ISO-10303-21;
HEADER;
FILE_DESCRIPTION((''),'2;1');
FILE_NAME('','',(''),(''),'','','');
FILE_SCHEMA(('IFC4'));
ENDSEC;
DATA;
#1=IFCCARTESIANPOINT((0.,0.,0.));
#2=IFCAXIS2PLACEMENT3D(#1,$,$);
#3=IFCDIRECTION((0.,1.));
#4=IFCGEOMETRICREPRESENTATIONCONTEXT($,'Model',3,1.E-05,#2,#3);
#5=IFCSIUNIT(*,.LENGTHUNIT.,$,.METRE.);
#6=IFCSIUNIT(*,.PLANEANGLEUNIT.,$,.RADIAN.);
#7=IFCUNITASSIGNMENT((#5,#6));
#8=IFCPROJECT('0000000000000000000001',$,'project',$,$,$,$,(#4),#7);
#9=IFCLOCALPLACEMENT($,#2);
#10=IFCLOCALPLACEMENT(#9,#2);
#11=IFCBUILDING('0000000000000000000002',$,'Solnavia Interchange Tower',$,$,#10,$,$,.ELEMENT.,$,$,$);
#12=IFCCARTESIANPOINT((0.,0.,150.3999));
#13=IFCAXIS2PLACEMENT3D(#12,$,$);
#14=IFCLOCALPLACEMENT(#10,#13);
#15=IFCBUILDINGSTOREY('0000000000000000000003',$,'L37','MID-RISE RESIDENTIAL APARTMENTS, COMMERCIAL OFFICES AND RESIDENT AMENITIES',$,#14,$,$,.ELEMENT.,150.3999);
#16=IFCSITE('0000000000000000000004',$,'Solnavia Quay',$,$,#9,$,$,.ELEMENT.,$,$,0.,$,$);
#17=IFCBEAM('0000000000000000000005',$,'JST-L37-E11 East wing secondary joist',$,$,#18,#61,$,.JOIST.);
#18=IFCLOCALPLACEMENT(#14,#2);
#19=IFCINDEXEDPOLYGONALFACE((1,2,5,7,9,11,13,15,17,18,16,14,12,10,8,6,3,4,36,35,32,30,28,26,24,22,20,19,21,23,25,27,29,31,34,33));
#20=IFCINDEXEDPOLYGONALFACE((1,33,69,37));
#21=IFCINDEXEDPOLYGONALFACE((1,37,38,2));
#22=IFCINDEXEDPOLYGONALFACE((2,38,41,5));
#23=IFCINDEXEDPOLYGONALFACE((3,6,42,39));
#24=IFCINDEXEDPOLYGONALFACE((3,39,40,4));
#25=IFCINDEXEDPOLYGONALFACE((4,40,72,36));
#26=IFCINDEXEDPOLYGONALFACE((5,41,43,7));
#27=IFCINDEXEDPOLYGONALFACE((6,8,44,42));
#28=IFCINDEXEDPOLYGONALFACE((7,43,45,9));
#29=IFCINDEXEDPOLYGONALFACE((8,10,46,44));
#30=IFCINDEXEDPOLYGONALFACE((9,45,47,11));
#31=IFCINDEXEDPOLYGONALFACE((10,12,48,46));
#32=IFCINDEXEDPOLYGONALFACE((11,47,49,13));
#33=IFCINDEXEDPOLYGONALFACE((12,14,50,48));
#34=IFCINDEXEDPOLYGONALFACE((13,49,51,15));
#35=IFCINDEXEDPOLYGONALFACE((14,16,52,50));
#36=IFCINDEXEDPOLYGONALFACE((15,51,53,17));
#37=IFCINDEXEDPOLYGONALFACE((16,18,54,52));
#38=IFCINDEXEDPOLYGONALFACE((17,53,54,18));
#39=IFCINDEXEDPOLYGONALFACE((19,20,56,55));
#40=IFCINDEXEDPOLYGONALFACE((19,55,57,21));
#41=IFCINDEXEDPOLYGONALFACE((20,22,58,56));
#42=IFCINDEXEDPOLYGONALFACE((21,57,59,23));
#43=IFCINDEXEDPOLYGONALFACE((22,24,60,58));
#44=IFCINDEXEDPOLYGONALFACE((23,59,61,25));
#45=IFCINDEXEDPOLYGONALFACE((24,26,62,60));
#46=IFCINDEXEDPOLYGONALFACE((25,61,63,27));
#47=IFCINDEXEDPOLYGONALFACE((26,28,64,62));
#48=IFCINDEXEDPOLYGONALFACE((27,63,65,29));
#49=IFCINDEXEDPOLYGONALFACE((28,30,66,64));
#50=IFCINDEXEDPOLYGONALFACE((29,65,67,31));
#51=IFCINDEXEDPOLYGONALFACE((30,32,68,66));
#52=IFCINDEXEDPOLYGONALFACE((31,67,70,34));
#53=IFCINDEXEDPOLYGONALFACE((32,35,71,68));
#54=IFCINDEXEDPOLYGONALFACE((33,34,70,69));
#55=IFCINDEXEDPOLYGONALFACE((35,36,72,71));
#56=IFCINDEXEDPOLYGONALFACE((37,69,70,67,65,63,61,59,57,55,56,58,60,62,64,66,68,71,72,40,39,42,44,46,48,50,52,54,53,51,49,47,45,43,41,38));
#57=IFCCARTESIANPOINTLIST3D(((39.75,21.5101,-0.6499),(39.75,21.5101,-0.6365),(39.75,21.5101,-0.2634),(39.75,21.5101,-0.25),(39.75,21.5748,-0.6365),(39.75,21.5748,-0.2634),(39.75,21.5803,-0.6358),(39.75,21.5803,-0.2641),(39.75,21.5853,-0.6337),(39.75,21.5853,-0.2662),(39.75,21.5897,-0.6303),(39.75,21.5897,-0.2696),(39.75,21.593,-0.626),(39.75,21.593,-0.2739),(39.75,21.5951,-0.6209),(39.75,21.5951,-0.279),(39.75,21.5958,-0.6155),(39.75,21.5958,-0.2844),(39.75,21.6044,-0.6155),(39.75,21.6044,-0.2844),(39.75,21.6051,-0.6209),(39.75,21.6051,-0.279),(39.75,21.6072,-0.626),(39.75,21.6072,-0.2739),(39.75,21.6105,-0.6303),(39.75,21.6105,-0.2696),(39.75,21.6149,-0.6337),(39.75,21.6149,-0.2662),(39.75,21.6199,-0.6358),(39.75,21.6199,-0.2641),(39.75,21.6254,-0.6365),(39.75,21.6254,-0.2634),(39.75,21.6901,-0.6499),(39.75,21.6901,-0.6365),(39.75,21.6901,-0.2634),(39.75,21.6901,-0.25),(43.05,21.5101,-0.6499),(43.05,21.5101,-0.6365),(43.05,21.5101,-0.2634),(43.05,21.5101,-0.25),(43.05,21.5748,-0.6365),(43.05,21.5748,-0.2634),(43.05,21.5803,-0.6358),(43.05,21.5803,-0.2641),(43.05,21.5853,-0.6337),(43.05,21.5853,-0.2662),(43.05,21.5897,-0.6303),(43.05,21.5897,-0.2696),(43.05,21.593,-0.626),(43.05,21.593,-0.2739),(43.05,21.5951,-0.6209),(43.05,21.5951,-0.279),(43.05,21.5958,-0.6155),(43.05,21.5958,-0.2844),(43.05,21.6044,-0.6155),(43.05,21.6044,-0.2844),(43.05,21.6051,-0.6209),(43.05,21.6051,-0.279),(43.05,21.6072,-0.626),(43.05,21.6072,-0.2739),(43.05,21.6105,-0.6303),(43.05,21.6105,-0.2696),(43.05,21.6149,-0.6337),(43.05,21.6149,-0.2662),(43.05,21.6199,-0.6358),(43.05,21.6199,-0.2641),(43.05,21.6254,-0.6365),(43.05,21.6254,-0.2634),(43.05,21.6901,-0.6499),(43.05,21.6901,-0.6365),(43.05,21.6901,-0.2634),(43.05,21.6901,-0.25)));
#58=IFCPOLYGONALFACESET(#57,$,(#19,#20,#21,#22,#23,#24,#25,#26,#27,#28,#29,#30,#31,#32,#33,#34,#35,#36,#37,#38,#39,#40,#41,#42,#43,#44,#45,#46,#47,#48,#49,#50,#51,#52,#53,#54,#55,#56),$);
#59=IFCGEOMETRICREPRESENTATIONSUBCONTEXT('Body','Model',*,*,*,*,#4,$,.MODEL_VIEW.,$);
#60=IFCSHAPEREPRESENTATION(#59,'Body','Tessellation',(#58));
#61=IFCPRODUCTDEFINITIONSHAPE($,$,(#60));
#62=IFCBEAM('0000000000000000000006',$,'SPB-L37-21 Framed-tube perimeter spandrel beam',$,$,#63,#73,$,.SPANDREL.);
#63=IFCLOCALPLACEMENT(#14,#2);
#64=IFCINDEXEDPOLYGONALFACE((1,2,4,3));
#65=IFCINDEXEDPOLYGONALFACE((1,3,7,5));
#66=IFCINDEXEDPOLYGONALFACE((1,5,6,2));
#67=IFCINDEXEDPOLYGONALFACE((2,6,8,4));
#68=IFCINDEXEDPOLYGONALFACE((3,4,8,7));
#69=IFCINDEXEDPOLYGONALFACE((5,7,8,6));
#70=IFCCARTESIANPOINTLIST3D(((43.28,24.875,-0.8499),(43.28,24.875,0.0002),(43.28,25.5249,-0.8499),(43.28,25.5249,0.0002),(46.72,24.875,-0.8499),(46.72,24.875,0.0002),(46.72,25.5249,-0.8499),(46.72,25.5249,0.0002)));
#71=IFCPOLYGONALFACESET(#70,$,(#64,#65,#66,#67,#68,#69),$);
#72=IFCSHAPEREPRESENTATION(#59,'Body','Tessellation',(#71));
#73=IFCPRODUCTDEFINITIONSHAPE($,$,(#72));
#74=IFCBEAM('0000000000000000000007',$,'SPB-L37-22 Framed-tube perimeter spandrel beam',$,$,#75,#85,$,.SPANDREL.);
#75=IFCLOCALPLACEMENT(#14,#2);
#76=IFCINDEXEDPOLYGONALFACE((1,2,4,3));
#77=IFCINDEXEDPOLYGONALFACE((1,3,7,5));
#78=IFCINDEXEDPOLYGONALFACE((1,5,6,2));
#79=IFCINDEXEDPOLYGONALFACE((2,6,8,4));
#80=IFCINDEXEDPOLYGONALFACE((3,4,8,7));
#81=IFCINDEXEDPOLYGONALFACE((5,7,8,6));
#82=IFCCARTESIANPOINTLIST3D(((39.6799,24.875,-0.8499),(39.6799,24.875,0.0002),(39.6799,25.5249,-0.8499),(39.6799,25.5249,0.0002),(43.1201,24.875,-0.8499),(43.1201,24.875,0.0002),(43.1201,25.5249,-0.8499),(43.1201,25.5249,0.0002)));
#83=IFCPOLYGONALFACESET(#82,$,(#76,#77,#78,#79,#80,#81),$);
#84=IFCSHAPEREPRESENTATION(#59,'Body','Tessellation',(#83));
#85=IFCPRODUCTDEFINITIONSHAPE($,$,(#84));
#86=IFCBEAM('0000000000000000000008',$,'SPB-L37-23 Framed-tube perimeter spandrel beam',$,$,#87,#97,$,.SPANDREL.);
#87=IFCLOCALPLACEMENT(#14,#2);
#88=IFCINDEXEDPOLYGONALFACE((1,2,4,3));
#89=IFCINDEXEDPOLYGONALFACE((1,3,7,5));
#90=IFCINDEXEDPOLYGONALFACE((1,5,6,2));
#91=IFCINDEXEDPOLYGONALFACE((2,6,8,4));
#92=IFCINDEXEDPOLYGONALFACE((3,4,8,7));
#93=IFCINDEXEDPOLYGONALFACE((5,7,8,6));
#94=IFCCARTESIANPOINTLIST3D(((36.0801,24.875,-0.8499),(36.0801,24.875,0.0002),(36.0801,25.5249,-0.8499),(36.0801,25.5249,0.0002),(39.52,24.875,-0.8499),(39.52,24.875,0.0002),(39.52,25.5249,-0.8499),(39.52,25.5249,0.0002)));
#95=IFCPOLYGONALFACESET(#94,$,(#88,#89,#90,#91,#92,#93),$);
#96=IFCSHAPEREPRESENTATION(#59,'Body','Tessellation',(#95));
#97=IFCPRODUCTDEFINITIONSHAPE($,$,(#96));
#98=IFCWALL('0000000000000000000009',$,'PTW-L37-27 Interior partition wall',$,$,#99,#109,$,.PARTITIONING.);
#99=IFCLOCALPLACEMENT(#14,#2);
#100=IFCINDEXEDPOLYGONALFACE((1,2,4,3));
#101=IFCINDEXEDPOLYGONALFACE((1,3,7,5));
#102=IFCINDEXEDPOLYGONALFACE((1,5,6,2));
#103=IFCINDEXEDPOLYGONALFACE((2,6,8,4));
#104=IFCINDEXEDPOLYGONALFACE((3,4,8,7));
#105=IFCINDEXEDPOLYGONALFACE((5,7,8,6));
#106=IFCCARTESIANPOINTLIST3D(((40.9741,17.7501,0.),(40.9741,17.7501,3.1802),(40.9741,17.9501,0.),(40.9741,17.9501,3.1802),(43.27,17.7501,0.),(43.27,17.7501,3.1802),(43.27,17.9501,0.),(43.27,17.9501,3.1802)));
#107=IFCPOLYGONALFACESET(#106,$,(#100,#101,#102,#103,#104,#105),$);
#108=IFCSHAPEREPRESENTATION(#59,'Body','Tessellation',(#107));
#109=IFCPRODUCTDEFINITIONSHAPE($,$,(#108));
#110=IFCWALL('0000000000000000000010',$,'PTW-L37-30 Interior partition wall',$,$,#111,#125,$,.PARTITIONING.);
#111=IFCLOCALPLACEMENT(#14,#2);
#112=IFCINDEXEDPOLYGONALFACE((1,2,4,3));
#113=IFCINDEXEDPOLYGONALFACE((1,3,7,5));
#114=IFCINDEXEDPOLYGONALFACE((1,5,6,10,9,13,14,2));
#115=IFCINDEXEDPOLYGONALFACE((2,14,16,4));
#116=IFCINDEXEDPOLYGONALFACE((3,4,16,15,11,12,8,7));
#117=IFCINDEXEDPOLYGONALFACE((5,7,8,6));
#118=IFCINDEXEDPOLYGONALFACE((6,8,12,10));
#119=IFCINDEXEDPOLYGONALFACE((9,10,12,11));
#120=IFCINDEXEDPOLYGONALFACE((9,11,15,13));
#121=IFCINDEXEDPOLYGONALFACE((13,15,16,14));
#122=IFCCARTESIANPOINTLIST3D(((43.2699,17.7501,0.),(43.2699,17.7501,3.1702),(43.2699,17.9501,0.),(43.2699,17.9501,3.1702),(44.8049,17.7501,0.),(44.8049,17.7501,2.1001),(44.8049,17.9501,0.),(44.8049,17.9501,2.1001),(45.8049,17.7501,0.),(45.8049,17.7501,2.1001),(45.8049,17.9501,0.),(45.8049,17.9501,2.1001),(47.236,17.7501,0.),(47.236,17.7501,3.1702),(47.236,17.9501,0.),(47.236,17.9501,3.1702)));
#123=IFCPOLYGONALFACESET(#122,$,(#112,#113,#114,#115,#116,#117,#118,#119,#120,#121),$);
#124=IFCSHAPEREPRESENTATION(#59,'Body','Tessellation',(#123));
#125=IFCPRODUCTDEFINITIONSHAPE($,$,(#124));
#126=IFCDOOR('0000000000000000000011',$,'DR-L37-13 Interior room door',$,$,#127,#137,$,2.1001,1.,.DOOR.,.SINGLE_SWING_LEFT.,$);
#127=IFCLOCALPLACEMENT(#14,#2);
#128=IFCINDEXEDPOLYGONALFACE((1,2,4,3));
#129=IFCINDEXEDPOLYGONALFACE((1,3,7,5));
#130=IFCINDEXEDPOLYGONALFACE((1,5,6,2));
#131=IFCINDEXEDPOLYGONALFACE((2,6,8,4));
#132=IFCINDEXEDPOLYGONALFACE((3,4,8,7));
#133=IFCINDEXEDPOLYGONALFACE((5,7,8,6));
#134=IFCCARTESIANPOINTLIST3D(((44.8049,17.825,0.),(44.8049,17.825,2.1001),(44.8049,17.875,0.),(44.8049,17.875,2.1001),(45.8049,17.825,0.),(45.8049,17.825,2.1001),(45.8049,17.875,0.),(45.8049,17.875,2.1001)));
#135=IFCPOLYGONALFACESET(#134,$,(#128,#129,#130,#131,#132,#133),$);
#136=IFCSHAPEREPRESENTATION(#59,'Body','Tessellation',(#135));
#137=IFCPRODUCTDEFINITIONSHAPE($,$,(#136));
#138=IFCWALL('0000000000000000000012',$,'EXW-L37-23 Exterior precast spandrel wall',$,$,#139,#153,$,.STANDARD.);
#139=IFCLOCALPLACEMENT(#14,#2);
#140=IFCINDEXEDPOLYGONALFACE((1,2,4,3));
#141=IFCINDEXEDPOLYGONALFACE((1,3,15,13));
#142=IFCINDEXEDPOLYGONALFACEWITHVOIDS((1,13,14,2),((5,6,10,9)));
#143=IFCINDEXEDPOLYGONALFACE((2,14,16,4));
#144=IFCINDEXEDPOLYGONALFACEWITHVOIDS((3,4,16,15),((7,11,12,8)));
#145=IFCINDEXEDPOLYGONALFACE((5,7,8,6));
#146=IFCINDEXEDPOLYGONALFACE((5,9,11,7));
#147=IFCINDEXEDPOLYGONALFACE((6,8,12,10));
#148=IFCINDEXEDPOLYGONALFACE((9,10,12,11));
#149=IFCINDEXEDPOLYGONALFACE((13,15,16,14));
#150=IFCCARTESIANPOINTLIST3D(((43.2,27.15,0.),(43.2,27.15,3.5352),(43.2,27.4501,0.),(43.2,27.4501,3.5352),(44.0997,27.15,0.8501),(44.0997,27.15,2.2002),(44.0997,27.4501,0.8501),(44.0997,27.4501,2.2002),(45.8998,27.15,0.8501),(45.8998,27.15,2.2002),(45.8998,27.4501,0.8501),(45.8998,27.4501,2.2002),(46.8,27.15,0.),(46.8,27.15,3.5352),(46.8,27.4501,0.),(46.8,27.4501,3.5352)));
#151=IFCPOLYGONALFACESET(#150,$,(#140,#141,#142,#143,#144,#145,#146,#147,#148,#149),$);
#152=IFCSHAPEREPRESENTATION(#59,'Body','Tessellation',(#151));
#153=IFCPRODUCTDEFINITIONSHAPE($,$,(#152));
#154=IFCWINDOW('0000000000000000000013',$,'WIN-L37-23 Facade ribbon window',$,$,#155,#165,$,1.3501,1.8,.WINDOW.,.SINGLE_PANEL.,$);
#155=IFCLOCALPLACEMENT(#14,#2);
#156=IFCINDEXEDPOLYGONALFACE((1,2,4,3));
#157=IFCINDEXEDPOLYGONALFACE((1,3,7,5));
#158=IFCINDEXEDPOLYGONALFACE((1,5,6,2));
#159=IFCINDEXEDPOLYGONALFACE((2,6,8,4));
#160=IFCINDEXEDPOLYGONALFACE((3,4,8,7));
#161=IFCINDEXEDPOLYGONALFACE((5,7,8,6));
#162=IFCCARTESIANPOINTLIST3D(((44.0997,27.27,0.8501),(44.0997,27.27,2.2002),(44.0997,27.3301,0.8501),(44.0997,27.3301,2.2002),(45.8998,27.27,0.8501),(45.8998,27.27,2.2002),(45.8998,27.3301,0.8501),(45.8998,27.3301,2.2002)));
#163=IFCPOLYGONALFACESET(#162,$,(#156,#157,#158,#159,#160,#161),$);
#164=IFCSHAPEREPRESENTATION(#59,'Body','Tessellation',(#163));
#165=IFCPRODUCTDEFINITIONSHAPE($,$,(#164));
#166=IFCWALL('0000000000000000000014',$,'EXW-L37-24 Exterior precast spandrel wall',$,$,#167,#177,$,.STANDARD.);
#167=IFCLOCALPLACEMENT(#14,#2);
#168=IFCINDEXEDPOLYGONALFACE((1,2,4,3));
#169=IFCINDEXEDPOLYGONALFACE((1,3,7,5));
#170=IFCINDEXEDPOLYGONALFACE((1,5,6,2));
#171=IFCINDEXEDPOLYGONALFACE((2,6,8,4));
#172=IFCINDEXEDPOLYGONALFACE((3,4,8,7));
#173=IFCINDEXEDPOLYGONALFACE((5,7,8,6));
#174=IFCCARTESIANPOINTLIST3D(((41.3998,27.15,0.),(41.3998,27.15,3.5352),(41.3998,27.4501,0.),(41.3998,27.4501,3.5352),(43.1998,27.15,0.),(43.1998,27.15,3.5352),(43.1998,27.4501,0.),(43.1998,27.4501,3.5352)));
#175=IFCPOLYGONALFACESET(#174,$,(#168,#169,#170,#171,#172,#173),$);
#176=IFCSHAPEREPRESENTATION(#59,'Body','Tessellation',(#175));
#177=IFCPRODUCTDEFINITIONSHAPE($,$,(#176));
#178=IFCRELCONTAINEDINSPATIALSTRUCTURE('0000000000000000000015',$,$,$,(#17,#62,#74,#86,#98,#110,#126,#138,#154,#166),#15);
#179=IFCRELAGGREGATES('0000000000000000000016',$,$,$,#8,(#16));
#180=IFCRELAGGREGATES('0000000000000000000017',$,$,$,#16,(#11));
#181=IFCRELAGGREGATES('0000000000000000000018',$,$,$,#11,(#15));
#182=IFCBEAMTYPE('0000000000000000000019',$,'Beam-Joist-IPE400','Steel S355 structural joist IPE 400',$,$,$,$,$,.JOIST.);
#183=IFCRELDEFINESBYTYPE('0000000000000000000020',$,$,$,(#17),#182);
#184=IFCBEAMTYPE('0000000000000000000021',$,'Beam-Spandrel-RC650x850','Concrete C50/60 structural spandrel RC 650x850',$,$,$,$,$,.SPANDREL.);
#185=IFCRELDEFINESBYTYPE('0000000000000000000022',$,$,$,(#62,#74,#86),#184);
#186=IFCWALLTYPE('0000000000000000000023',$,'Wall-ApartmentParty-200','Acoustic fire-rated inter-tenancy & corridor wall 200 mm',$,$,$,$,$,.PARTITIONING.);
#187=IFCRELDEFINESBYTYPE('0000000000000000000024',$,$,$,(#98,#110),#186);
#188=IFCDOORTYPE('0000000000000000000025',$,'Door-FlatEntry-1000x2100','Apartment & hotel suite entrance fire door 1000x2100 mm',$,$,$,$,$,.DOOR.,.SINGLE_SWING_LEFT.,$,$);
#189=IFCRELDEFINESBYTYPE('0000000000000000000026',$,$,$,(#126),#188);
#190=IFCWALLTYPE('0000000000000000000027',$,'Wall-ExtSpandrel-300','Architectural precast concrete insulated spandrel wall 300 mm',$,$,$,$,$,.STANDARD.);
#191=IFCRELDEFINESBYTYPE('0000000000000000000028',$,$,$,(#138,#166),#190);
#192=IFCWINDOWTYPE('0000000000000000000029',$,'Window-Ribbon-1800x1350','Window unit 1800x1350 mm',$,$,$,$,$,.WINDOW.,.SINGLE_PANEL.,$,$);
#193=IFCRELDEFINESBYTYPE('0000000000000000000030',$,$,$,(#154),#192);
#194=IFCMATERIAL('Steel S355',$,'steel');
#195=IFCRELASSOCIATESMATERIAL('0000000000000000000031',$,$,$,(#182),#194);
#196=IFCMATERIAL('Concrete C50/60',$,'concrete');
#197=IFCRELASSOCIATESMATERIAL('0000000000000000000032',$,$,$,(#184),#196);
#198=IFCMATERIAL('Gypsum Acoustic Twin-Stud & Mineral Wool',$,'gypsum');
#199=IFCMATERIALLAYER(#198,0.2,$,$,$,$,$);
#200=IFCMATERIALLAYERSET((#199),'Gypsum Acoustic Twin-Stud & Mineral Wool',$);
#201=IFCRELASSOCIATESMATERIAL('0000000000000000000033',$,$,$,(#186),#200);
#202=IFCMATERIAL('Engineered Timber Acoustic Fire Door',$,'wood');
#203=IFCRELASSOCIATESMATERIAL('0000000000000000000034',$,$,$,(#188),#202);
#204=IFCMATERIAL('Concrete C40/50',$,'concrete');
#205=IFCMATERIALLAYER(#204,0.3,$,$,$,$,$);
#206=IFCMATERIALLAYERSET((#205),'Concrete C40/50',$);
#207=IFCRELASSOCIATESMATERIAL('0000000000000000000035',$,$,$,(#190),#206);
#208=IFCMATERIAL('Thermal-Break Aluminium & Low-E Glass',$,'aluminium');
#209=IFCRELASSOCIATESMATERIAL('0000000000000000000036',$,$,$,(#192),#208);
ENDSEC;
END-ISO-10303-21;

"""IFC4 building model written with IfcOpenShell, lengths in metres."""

from ifc_helpers import new_model, si_unit, direction, frame, frame_2d, origin, origin_2d, place, context, subcontext, project, spatial, rectangle, i_section, extrude, material, layer, layer_set, material_profile, profile_set, type_object, element, fill, save


model = new_model("IFC4")

# Units and contexts
model_context = context("Model", 3, precision=1e-05, world=origin(), true_north=direction((0.0, 1.0)))
body_context = subcontext(model_context, "Body", "Model", "MODEL_VIEW")
ifc_project = project(units=[si_unit("LENGTHUNIT", "METRE"), si_unit("PLANEANGLEUNIT", "RADIAN")], contexts=[model_context])

# Site, building, storey
site_placement = place(None, origin())
site = spatial("IfcSite", under=ifc_project, at=site_placement, Name="Solnavia Quay", CompositionType="ELEMENT", RefElevation=0.0)
building_placement = place(site_placement, origin())
building = spatial("IfcBuilding", under=site, at=building_placement, Name="Solnavia Interchange Tower", CompositionType="ELEMENT")
storey_placement = place(building_placement, frame((0.0, 0.0, 150.3999)))
storey = spatial("IfcBuildingStorey", under=building, at=storey_placement, Name="L37", Description="MID-RISE RESIDENTIAL APARTMENTS, COMMERCIAL OFFICES AND RESIDENT AMENITIES", CompositionType="ELEMENT", Elevation=150.3999)

# Shared definitions
ifc_material_1 = material(Name="Concrete C50/60", Category="concrete")

# Beams
ifc_material_2 = material(Name="Steel S355", Category="steel")
ifc_material_profile_1 = material_profile(ifc_material_2, i_section(OverallWidth=0.1799, OverallDepth=0.3999, WebThickness=0.0085, FlangeThickness=0.0134, FilletRadius=0.021, at=origin_2d()), Name="IPE 400")
ifc_profile_set_1 = profile_set([ifc_material_profile_1], Name="Steel S355")
beam_type_1 = type_object("IfcBeamType", Name="Beam-Joist-IPE400", Description="Steel S355 structural joist IPE 400", PredefinedType="JOIST", material=ifc_profile_set_1)
for number, where, z_axis, x_axis, name in (
    (1, (39.75, 21.6001, -0.45), (1.0, 0.0, 0.0), (0.0, 1.0, 0.0), "JST-L37-E11 East wing secondary joist"),
):
    element("IfcBeam", number, at=place(storey_placement, frame(where, z_axis=z_axis, x_axis=x_axis)), inside=storey, type_object=beam_type_1, Name=name, PredefinedType="JOIST", context=body_context, shape_type="SweptSolid", body=[
        extrude(i_section(OverallWidth=0.1799, OverallDepth=0.3999, WebThickness=0.0085, FlangeThickness=0.0134, FilletRadius=0.021, at=origin_2d()), origin(), (0.0, 0.0, 1.0), 3.3),
    ])
ifc_material_profile_2 = material_profile(ifc_material_1, rectangle(XDim=0.6499, YDim=0.8501, at=origin_2d()), Name="RC 650x850")
ifc_profile_set_2 = profile_set([ifc_material_profile_2], Name="Concrete C50/60")
beam_type_2 = type_object("IfcBeamType", Name="Beam-Spandrel-RC650x850", Description="Concrete C50/60 structural spandrel RC 650x850", PredefinedType="SPANDREL", material=ifc_profile_set_2)
beam_1_placement = place(storey_placement, frame((46.72, 25.2, -0.4248), z_axis=(-1.0, 0.0, 0.0), x_axis=(0.0, -1.0, 0.0)))
element("IfcBeam", 2, at=beam_1_placement, inside=storey, type_object=beam_type_2, Name="SPB-L37-21 Framed-tube perimeter spandrel beam", PredefinedType="SPANDREL", context=body_context, shape_type="SweptSolid", body=[
    extrude(rectangle(XDim=0.6499, YDim=0.8501, at=origin_2d()), origin(), (0.0, 0.0, 1.0), 3.4399),
])
beam_2_placement = place(storey_placement, frame((43.1201, 25.2, -0.4248), z_axis=(-1.0, 0.0, 0.0), x_axis=(0.0, -1.0, 0.0)))
element("IfcBeam", 3, at=beam_2_placement, inside=storey, type_object=beam_type_2, Name="SPB-L37-22 Framed-tube perimeter spandrel beam", PredefinedType="SPANDREL", context=body_context, shape_type="SweptSolid", body=[
    extrude(rectangle(XDim=0.6499, YDim=0.8501, at=origin_2d()), origin(), (0.0, 0.0, 1.0), 3.4402),
])
beam_3_placement = place(storey_placement, frame((39.52, 25.2, -0.4248), z_axis=(-1.0, 0.0, 0.0), x_axis=(0.0, -1.0, 0.0)))
element("IfcBeam", 4, at=beam_3_placement, inside=storey, type_object=beam_type_2, Name="SPB-L37-23 Framed-tube perimeter spandrel beam", PredefinedType="SPANDREL", context=body_context, shape_type="SweptSolid", body=[
    extrude(rectangle(XDim=0.6499, YDim=0.8501, at=origin_2d()), origin(), (0.0, 0.0, 1.0), 3.4399),
])

# Wall
ifc_material_3 = material(Name="Gypsum Acoustic Twin-Stud & Mineral Wool", Category="gypsum")
ifc_layer_1 = layer(ifc_material_3, 0.2)
ifc_layer_set_1 = layer_set([ifc_layer_1], Name="Gypsum Acoustic Twin-Stud & Mineral Wool")
wall_type_1 = type_object("IfcWallType", Name="Wall-ApartmentParty-200", Description="Acoustic fire-rated inter-tenancy & corridor wall 200 mm", PredefinedType="PARTITIONING", material=ifc_layer_set_1)
wall_1_placement = place(storey_placement, frame((40.9741, 17.8501, 0.0), z_axis=(0.0, 0.0, 1.0), x_axis=(1.0, 0.0, 0.0)))
element("IfcWall", 5, at=wall_1_placement, inside=storey, type_object=wall_type_1, Name="PTW-L37-27 Interior partition wall", PredefinedType="PARTITIONING", context=body_context, shape_type="SweptSolid", body=[
    extrude(rectangle(XDim=2.2959, YDim=0.2, at=frame_2d((1.1479, 0.0))), origin(), (0.0, 0.0, 1.0), 3.1802),
])

# Wall, opening, door
wall_2_placement = place(storey_placement, frame((43.27, 17.8501, 0.0), z_axis=(0.0, 0.0, 1.0), x_axis=(1.0, 0.0, 0.0)))
wall_2 = element("IfcWall", 6, at=wall_2_placement, inside=storey, type_object=wall_type_1, Name="PTW-L37-30 Interior partition wall", PredefinedType="PARTITIONING", context=body_context, shape_type="SweptSolid", body=[
    extrude(rectangle(XDim=3.9661, YDim=0.2, at=frame_2d((1.9829, 0.0))), origin(), (0.0, 0.0, 1.0), 3.1702),
])
opening_1_placement = place(wall_2_placement, frame((1.5349, 0.0, 0.0)))
opening_1 = element("IfcOpeningElement", 7, at=opening_1_placement, cuts=wall_2, PredefinedType="OPENING", context=body_context, shape_type="SweptSolid", body=[
    extrude(rectangle(XDim=1.0, YDim=2.1001, at=frame_2d((0.5, 1.05))), frame((0.0, 0.1099, 0.0), z_axis=(0.0, -1.0, 0.0), x_axis=(1.0, 0.0, 0.0)), (0.0, 0.0, 1.0), 0.22),
])
ifc_material_4 = material(Name="Engineered Timber Acoustic Fire Door", Category="wood")
door_type_1 = type_object("IfcDoorType", Name="Door-FlatEntry-1000x2100", Description="Apartment & hotel suite entrance fire door 1000x2100 mm", OperationType="SINGLE_SWING_LEFT", PredefinedType="DOOR", material=ifc_material_4)
door_1_placement = place(opening_1_placement, origin())
door_1 = element("IfcDoor", 8, at=door_1_placement, inside=storey, type_object=door_type_1, Name="DR-L37-13 Interior room door", OperationType="SINGLE_SWING_LEFT", OverallHeight=2.1001, OverallWidth=1.0, PredefinedType="DOOR", context=body_context, shape_type="SweptSolid", body=[
    extrude(rectangle(XDim=1.0, YDim=2.1001, at=frame_2d((0.5, 1.05))), frame((0.0, 0.0249, 0.0), z_axis=(0.0, -1.0, 0.0), x_axis=(1.0, 0.0, 0.0)), (0.0, 0.0, 1.0), 0.05),
])
fill(opening_1, door_1)

# Wall, opening, window
ifc_material_5 = material(Name="Concrete C40/50", Category="concrete")
ifc_layer_2 = layer(ifc_material_5, 0.3)
ifc_layer_set_2 = layer_set([ifc_layer_2], Name="Concrete C40/50")
wall_type_2 = type_object("IfcWallType", Name="Wall-ExtSpandrel-300", Description="Architectural precast concrete insulated spandrel wall 300 mm", PredefinedType="STANDARD", material=ifc_layer_set_2)
wall_3_placement = place(storey_placement, frame((43.2, 27.3, 0.0), z_axis=(0.0, 0.0, 1.0), x_axis=(1.0, 0.0, 0.0)))
wall_3 = element("IfcWall", 9, at=wall_3_placement, inside=storey, type_object=wall_type_2, Name="EXW-L37-23 Exterior precast spandrel wall", PredefinedType="STANDARD", context=body_context, shape_type="SweptSolid", body=[
    extrude(rectangle(XDim=3.6001, YDim=0.3, at=frame_2d((1.8, 0.0))), origin(), (0.0, 0.0, 1.0), 3.5352),
])
opening_2_placement = place(wall_3_placement, frame((0.8999, 0.0, 0.8501)))
opening_2 = element("IfcOpeningElement", 10, at=opening_2_placement, cuts=wall_3, PredefinedType="OPENING", context=body_context, shape_type="SweptSolid", body=[
    extrude(rectangle(XDim=1.8, YDim=1.3501, at=frame_2d((0.8999, 0.675))), frame((0.0, 0.1602, 0.0), z_axis=(0.0, -1.0, 0.0), x_axis=(1.0, 0.0, 0.0)), (0.0, 0.0, 1.0), 0.3201),
])
ifc_material_6 = material(Name="Thermal-Break Aluminium & Low-E Glass", Category="aluminium")
window_type = type_object("IfcWindowType", Name="Window-Ribbon-1800x1350", Description="Window unit 1800x1350 mm", PartitioningType="SINGLE_PANEL", PredefinedType="WINDOW", material=ifc_material_6)
window_placement = place(opening_2_placement, origin())
window = element("IfcWindow", 11, at=window_placement, inside=storey, type_object=window_type, Name="WIN-L37-23 Facade ribbon window", OverallHeight=1.3501, OverallWidth=1.8, PartitioningType="SINGLE_PANEL", PredefinedType="WINDOW", context=body_context, shape_type="SweptSolid", body=[
    extrude(rectangle(XDim=1.8, YDim=1.3501, at=frame_2d((0.8999, 0.675))), frame((0.0, 0.03, 0.0), z_axis=(0.0, -1.0, 0.0), x_axis=(1.0, 0.0, 0.0)), (0.0, 0.0, 1.0), 0.0601),
])
fill(opening_2, window)

# Wall
wall_4_placement = place(storey_placement, frame((41.3999, 27.3, 0.0), z_axis=(0.0, 0.0, 1.0), x_axis=(1.0, 0.0, 0.0)))
element("IfcWall", 12, at=wall_4_placement, inside=storey, type_object=wall_type_2, Name="EXW-L37-24 Exterior precast spandrel wall", PredefinedType="STANDARD", context=body_context, shape_type="SweptSolid", body=[
    extrude(rectangle(XDim=1.8, YDim=0.3, at=frame_2d((0.8999, 0.0))), origin(), (0.0, 0.0, 1.0), 3.5352),
])

save(model, "model.ifc")
